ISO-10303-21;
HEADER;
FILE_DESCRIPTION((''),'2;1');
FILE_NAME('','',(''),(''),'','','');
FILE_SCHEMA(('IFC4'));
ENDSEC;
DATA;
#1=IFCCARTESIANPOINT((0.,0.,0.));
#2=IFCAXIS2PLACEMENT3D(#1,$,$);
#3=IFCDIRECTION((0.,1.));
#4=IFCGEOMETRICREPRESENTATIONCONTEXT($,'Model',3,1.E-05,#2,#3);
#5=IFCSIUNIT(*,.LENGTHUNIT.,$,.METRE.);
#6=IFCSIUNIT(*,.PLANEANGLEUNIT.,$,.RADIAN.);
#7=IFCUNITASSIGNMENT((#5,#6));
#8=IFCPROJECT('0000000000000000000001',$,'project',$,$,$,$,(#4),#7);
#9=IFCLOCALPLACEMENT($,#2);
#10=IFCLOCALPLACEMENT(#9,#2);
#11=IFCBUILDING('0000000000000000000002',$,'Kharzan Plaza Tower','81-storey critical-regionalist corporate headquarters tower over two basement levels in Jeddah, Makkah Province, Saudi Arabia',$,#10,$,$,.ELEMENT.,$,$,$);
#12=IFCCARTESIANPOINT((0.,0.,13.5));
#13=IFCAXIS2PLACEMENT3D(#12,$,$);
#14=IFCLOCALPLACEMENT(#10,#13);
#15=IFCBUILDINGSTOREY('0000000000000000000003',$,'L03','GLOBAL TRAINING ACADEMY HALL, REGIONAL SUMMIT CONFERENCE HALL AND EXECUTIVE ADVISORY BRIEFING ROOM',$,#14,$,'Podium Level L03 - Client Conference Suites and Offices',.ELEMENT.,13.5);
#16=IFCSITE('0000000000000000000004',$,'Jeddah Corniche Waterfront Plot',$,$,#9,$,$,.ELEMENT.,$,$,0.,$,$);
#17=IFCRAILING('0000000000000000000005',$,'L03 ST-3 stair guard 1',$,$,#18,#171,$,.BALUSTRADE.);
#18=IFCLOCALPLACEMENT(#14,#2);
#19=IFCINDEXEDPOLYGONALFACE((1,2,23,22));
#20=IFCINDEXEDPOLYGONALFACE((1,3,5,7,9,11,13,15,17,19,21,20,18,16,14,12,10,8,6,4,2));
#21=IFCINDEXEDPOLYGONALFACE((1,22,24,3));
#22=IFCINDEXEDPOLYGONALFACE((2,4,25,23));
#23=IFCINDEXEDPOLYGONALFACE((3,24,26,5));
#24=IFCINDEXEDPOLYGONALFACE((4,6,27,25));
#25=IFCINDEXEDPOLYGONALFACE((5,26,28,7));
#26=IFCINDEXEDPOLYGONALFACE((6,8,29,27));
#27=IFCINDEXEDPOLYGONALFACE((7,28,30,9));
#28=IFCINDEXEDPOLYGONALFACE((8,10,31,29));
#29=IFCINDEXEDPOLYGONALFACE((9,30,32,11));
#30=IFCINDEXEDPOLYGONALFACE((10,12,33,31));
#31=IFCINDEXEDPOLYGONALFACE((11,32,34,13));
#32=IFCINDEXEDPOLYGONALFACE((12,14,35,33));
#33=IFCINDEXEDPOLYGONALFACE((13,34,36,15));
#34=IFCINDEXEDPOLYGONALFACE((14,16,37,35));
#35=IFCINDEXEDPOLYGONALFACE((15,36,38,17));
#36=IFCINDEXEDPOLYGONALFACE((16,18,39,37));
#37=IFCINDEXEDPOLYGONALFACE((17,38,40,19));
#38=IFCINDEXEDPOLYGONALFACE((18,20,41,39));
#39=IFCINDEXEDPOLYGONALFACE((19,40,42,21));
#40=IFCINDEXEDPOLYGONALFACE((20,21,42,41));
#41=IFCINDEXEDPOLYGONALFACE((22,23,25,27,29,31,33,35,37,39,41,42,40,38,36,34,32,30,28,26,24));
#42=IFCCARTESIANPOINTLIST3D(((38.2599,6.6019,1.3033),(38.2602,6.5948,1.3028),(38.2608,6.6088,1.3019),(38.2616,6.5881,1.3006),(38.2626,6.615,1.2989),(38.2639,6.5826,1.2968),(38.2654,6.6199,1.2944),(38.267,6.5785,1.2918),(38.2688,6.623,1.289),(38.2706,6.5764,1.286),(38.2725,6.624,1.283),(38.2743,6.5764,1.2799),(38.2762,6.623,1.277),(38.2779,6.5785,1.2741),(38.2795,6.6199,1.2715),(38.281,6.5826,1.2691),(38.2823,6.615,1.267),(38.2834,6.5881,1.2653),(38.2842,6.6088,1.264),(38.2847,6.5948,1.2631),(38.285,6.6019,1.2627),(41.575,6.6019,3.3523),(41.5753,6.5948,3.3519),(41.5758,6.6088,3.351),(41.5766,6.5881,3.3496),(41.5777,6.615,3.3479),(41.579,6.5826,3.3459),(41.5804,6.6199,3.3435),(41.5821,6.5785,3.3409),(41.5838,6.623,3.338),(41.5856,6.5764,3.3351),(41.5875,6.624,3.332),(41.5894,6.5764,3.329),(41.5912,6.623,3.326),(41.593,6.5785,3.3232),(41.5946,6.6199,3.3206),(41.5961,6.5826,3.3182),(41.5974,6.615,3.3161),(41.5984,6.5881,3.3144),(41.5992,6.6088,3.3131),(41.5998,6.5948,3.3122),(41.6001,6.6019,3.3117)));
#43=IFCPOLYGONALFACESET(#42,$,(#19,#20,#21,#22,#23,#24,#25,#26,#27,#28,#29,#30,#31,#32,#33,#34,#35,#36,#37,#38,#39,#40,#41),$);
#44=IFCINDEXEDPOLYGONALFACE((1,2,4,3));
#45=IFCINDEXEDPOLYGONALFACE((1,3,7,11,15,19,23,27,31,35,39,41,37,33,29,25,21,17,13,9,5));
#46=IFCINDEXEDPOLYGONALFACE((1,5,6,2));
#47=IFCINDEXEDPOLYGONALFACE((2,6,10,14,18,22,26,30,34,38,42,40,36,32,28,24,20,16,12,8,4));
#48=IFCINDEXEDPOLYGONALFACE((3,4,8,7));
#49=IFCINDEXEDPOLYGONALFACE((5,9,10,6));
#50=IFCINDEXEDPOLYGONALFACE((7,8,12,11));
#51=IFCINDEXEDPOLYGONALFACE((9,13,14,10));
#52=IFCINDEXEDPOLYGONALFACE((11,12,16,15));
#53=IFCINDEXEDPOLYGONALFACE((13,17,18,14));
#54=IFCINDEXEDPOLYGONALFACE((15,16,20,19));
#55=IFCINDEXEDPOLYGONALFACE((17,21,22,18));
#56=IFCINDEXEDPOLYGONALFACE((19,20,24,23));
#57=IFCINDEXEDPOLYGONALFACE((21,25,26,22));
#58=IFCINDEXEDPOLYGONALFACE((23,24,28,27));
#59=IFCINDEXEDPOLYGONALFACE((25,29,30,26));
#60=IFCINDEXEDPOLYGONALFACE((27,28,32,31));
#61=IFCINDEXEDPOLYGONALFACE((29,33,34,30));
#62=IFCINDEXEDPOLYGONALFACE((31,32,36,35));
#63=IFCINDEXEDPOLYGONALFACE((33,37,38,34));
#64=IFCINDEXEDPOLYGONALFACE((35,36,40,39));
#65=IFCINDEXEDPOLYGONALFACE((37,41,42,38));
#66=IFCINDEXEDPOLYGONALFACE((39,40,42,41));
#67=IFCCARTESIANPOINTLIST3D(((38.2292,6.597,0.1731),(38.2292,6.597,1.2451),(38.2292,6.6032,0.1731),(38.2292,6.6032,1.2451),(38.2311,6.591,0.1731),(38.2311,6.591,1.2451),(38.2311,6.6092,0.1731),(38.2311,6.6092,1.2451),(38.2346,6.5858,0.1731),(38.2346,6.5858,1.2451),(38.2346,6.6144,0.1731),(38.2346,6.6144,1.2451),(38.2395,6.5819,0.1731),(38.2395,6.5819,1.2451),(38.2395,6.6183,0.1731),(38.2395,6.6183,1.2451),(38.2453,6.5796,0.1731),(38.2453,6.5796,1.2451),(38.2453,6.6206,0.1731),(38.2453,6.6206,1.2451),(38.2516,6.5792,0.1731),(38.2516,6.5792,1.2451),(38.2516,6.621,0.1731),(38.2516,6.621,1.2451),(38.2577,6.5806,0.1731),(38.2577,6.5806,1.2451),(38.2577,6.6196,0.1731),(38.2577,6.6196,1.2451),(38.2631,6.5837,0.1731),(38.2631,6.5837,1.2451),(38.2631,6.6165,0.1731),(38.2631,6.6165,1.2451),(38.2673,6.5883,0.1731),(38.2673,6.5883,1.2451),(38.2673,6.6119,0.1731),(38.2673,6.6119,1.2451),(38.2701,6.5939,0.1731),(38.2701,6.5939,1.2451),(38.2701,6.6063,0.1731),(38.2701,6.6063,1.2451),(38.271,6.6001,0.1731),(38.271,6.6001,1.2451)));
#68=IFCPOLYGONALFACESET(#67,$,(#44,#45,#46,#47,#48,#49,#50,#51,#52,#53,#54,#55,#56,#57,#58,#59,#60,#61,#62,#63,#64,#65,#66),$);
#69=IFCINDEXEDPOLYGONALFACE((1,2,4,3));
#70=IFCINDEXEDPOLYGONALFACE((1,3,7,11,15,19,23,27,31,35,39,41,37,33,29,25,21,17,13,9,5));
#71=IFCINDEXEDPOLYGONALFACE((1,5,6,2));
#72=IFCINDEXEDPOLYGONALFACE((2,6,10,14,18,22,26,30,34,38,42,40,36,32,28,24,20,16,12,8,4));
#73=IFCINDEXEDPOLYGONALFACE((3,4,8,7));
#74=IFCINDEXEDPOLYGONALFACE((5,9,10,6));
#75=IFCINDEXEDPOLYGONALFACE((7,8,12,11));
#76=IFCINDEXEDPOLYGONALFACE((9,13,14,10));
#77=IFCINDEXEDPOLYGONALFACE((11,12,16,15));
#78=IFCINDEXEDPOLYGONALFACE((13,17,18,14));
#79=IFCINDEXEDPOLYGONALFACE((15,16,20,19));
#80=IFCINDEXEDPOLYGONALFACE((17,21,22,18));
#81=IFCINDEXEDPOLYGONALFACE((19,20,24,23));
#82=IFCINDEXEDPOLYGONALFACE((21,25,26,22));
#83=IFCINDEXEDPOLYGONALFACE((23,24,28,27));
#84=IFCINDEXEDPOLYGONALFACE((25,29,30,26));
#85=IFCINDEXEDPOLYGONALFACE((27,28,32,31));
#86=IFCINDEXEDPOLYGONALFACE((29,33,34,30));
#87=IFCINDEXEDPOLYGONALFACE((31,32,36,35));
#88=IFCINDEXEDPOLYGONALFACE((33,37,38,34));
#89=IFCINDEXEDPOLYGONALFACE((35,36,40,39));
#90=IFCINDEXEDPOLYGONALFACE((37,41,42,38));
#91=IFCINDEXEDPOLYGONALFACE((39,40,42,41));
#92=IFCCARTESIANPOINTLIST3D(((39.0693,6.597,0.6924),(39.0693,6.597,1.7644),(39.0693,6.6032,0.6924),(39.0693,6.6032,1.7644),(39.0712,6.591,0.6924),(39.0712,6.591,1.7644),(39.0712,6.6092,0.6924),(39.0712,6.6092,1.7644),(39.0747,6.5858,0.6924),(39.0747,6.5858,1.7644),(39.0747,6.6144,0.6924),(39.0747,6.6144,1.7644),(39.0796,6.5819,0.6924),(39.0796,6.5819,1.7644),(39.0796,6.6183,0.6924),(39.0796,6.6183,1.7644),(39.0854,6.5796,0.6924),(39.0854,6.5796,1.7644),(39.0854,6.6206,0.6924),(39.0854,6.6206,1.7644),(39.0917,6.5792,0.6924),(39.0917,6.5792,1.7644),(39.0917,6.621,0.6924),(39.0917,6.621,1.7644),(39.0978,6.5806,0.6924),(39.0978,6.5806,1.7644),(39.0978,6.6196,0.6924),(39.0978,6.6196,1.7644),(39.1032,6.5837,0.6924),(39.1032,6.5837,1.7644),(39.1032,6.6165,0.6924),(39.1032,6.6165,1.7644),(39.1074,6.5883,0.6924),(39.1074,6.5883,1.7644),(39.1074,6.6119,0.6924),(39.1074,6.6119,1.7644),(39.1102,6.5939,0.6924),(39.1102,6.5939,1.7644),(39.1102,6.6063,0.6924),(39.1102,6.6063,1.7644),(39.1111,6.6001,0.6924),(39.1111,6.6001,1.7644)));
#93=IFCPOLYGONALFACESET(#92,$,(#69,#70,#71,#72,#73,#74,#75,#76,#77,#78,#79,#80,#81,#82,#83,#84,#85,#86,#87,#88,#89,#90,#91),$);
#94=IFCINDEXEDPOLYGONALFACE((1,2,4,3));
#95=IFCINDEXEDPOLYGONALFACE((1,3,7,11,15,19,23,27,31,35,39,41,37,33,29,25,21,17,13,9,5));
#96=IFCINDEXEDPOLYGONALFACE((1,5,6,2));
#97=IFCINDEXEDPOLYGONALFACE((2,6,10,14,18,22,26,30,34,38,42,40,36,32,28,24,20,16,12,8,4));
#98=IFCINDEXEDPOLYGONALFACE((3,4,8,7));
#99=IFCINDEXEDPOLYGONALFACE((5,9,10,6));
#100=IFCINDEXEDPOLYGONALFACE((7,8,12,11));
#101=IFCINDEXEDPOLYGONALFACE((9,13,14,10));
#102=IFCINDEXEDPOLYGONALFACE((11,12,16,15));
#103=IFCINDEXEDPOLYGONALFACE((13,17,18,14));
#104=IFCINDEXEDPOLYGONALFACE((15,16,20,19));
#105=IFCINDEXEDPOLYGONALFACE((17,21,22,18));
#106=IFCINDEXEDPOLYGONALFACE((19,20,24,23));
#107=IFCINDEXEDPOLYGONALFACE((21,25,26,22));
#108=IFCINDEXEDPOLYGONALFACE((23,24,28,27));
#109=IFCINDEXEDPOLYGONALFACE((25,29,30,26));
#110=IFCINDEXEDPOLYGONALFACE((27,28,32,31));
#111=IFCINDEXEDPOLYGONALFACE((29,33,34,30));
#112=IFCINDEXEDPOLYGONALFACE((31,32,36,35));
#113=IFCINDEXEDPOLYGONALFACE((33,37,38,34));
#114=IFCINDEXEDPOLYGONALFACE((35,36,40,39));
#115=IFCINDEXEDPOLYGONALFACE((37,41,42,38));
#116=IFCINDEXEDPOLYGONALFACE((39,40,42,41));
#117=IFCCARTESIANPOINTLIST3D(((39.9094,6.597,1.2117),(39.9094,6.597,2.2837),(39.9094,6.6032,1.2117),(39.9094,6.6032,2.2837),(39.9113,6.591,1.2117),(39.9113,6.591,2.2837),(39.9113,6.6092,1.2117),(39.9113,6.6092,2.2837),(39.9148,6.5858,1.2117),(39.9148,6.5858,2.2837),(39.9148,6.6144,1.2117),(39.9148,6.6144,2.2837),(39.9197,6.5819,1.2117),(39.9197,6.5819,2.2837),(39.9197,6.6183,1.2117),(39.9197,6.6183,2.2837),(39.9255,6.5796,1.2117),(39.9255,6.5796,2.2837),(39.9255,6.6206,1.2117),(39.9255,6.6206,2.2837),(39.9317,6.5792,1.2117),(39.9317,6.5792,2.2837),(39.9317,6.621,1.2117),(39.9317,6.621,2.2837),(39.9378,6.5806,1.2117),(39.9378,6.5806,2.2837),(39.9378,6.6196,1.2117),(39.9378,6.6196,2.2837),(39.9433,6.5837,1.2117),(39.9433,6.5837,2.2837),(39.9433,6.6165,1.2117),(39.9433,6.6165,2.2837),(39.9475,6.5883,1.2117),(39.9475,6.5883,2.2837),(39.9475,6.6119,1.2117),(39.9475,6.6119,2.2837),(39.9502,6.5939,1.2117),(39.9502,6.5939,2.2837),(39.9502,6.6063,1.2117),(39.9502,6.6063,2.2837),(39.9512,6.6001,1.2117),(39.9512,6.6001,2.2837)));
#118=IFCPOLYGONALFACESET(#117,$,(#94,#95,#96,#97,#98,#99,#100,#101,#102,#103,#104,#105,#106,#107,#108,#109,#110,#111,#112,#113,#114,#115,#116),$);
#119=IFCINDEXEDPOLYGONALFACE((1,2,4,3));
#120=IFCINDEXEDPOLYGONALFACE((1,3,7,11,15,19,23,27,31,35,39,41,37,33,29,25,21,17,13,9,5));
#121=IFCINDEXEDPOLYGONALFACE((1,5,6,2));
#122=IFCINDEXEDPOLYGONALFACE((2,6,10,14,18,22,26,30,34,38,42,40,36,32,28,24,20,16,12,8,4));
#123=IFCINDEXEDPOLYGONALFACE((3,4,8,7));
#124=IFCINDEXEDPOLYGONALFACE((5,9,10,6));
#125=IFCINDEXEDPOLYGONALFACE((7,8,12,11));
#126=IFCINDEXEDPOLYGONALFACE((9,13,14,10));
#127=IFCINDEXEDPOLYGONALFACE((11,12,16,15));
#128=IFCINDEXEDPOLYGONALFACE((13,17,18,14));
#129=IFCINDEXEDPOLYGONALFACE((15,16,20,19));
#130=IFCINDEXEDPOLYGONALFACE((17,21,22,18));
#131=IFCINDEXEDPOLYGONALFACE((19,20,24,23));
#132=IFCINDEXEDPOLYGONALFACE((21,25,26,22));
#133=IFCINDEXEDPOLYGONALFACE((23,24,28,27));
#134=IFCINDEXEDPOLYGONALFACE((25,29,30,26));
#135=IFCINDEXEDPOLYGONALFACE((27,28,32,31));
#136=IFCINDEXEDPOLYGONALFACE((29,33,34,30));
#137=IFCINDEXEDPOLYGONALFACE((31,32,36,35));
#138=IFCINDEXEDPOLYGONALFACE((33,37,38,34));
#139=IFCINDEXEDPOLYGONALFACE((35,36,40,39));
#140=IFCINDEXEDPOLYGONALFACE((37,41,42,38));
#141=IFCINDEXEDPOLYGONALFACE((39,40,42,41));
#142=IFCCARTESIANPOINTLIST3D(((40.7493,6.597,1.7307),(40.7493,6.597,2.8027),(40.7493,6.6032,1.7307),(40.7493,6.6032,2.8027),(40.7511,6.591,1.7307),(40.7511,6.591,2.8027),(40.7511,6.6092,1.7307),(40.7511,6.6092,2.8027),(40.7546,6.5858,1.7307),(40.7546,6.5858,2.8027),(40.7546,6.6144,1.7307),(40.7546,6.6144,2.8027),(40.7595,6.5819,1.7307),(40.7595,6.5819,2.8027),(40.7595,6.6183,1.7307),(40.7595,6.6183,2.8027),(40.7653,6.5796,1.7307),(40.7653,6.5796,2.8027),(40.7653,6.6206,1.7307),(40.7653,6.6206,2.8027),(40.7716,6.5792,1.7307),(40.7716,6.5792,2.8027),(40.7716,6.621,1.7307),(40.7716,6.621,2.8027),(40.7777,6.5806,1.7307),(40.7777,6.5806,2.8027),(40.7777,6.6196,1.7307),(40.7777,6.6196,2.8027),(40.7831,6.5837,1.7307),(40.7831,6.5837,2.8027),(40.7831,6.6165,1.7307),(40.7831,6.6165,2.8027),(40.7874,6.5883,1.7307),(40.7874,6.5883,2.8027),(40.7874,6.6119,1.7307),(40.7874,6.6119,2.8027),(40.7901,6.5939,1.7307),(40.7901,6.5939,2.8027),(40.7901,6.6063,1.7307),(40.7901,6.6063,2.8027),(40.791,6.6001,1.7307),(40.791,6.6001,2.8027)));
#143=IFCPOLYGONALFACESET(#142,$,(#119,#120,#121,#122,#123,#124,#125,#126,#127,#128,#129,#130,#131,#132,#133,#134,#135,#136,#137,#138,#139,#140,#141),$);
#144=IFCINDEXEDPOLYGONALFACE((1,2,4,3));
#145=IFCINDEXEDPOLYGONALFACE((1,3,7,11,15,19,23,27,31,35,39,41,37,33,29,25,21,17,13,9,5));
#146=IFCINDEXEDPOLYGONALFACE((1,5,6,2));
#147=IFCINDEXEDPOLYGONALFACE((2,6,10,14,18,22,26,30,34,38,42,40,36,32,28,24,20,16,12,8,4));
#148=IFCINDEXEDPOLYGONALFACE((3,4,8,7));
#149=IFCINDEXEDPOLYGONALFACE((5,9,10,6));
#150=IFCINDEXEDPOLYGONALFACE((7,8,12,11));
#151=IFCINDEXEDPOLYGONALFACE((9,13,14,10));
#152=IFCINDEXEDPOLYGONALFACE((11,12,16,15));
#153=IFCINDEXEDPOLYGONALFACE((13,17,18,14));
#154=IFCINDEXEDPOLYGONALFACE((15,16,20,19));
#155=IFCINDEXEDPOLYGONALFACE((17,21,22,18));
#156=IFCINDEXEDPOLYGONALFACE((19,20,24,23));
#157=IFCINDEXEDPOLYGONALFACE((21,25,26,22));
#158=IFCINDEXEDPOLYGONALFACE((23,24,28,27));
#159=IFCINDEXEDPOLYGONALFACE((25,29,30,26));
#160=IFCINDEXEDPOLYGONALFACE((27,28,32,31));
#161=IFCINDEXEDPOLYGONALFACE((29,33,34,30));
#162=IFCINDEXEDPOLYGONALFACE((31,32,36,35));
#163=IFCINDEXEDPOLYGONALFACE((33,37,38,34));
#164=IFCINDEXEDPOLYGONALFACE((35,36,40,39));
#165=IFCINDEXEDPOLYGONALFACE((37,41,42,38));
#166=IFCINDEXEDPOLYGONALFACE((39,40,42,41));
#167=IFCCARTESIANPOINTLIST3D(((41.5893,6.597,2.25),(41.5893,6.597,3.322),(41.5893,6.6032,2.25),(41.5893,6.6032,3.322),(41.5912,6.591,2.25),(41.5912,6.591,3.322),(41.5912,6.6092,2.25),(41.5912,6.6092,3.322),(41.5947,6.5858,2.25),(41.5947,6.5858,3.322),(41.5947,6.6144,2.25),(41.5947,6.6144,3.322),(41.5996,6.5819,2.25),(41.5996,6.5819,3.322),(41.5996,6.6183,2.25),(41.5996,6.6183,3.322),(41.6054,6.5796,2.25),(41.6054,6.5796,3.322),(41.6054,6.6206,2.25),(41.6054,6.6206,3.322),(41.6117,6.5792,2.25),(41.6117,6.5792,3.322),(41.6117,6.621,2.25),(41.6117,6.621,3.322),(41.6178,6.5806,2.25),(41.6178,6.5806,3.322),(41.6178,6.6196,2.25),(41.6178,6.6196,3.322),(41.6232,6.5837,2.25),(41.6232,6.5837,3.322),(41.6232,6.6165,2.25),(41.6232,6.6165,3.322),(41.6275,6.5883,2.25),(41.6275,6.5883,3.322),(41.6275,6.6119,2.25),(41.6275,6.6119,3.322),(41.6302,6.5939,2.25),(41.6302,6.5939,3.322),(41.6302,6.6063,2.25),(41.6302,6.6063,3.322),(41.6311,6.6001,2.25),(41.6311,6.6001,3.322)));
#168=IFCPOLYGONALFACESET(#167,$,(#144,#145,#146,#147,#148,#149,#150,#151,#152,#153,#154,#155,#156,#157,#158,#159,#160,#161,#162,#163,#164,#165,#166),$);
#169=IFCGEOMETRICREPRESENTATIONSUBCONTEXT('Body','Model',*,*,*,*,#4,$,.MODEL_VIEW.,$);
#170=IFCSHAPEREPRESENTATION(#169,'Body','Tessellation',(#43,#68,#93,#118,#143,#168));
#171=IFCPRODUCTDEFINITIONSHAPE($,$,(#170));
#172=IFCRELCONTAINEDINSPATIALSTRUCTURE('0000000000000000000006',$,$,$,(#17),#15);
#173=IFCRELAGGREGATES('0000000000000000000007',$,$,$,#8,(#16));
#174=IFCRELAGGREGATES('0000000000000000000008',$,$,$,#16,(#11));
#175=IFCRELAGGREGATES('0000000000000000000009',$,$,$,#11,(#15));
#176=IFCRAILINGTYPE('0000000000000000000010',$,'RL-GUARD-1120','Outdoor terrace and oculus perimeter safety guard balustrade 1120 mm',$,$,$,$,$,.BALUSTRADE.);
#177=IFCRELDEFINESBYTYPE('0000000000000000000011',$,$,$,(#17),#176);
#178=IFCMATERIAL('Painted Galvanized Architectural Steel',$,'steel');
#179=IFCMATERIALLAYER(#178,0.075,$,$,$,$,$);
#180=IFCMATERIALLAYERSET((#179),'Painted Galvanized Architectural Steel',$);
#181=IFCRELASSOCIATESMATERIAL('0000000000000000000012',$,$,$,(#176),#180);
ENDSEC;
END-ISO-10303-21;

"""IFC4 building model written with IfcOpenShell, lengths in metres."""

from ifc_helpers import new_model, si_unit, direction, frame, origin, origin_2d, place, context, subcontext, project, spatial, circle, extrude, source, transform, mapped, material, layer, layer_set, type_object, element, save


model = new_model("IFC4")

# Units and contexts
model_context = context("Model", 3, precision=1e-05, world=origin(), true_north=direction((0.0, 1.0)))
body_context = subcontext(model_context, "Body", "Model", "MODEL_VIEW")
ifc_project = project(units=[si_unit("LENGTHUNIT", "METRE"), si_unit("PLANEANGLEUNIT", "RADIAN")], contexts=[model_context])

# Site, building, storey
site_placement = place(None, origin())
site = spatial("IfcSite", under=ifc_project, at=site_placement, Name="Jeddah Corniche Waterfront Plot", CompositionType="ELEMENT", RefElevation=0.0)
building_placement = place(site_placement, origin())
building = spatial("IfcBuilding", under=site, at=building_placement, Name="Kharzan Plaza Tower", Description="81-storey critical-regionalist corporate headquarters tower over two basement levels in Jeddah, Makkah Province, Saudi Arabia", CompositionType="ELEMENT")
storey_placement = place(building_placement, frame((0.0, 0.0, 13.5)))
storey = spatial("IfcBuildingStorey", under=building, at=storey_placement, Name="L03", Description="GLOBAL TRAINING ACADEMY HALL, REGIONAL SUMMIT CONFERENCE HALL AND EXECUTIVE ADVISORY BRIEFING ROOM", LongName="Podium Level L03 - Client Conference Suites and Offices", CompositionType="ELEMENT", Elevation=13.5)

# Railing
ifc_material_1 = material(Name="Painted Galvanized Architectural Steel", Category="steel")
ifc_layer_1 = layer(ifc_material_1, 0.075)
ifc_layer_set_1 = layer_set([ifc_layer_1], Name="Painted Galvanized Architectural Steel")
railing_type_1 = type_object("IfcRailingType", Name="RL-GUARD-1120", Description="Outdoor terrace and oculus perimeter safety guard balustrade 1120 mm", PredefinedType="BALUSTRADE", material=ifc_layer_set_1)
shared_shape_1 = source(origin(), body_context, "Body", "SweptSolid", [
    extrude(circle(Radius=0.0239, at=origin_2d()), frame((0.0225, 0.0, 1.1099), z_axis=(0.850623, 0.0, 0.525776), x_axis=(0.0, 1.0, 0.0)), (0.0, 0.0, 1.0), 3.8972),
    extrude(circle(Radius=0.021, at=origin_2d()), origin(), (0.0, 0.0, 1.0), 1.072),
    extrude(circle(Radius=0.021, at=origin_2d()), frame((0.8401, 0.0, 0.5193)), (0.0, 0.0, 1.0), 1.072),
    extrude(circle(Radius=0.021, at=origin_2d()), frame((1.6802, 0.0, 1.0386)), (0.0, 0.0, 1.0), 1.072),
    extrude(circle(Radius=0.021, at=origin_2d()), frame((2.52, 0.0, 1.5576)), (0.0, 0.0, 1.0), 1.072),
    extrude(circle(Radius=0.021, at=origin_2d()), frame((3.3601, 0.0, 2.0769)), (0.0, 0.0, 1.0), 1.072),
])
railing_1_placement = place(storey_placement, frame((38.25, 6.6001, 0.1731)))
element("IfcRailing", 1, at=railing_1_placement, inside=storey, type_object=railing_type_1, Name="L03 ST-3 stair guard 1", PredefinedType="BALUSTRADE", context=body_context, shape_type="MappedRepresentation", body=[
    mapped(shared_shape_1, transform((0.0, 0.0, 0.0), x_axis=(1.0, 0.0, 0.0), y_axis=(0.0, 1.0, 0.0), z_axis=(0.0, 0.0, 1.0))),
])

save(model, "model.ifc")
